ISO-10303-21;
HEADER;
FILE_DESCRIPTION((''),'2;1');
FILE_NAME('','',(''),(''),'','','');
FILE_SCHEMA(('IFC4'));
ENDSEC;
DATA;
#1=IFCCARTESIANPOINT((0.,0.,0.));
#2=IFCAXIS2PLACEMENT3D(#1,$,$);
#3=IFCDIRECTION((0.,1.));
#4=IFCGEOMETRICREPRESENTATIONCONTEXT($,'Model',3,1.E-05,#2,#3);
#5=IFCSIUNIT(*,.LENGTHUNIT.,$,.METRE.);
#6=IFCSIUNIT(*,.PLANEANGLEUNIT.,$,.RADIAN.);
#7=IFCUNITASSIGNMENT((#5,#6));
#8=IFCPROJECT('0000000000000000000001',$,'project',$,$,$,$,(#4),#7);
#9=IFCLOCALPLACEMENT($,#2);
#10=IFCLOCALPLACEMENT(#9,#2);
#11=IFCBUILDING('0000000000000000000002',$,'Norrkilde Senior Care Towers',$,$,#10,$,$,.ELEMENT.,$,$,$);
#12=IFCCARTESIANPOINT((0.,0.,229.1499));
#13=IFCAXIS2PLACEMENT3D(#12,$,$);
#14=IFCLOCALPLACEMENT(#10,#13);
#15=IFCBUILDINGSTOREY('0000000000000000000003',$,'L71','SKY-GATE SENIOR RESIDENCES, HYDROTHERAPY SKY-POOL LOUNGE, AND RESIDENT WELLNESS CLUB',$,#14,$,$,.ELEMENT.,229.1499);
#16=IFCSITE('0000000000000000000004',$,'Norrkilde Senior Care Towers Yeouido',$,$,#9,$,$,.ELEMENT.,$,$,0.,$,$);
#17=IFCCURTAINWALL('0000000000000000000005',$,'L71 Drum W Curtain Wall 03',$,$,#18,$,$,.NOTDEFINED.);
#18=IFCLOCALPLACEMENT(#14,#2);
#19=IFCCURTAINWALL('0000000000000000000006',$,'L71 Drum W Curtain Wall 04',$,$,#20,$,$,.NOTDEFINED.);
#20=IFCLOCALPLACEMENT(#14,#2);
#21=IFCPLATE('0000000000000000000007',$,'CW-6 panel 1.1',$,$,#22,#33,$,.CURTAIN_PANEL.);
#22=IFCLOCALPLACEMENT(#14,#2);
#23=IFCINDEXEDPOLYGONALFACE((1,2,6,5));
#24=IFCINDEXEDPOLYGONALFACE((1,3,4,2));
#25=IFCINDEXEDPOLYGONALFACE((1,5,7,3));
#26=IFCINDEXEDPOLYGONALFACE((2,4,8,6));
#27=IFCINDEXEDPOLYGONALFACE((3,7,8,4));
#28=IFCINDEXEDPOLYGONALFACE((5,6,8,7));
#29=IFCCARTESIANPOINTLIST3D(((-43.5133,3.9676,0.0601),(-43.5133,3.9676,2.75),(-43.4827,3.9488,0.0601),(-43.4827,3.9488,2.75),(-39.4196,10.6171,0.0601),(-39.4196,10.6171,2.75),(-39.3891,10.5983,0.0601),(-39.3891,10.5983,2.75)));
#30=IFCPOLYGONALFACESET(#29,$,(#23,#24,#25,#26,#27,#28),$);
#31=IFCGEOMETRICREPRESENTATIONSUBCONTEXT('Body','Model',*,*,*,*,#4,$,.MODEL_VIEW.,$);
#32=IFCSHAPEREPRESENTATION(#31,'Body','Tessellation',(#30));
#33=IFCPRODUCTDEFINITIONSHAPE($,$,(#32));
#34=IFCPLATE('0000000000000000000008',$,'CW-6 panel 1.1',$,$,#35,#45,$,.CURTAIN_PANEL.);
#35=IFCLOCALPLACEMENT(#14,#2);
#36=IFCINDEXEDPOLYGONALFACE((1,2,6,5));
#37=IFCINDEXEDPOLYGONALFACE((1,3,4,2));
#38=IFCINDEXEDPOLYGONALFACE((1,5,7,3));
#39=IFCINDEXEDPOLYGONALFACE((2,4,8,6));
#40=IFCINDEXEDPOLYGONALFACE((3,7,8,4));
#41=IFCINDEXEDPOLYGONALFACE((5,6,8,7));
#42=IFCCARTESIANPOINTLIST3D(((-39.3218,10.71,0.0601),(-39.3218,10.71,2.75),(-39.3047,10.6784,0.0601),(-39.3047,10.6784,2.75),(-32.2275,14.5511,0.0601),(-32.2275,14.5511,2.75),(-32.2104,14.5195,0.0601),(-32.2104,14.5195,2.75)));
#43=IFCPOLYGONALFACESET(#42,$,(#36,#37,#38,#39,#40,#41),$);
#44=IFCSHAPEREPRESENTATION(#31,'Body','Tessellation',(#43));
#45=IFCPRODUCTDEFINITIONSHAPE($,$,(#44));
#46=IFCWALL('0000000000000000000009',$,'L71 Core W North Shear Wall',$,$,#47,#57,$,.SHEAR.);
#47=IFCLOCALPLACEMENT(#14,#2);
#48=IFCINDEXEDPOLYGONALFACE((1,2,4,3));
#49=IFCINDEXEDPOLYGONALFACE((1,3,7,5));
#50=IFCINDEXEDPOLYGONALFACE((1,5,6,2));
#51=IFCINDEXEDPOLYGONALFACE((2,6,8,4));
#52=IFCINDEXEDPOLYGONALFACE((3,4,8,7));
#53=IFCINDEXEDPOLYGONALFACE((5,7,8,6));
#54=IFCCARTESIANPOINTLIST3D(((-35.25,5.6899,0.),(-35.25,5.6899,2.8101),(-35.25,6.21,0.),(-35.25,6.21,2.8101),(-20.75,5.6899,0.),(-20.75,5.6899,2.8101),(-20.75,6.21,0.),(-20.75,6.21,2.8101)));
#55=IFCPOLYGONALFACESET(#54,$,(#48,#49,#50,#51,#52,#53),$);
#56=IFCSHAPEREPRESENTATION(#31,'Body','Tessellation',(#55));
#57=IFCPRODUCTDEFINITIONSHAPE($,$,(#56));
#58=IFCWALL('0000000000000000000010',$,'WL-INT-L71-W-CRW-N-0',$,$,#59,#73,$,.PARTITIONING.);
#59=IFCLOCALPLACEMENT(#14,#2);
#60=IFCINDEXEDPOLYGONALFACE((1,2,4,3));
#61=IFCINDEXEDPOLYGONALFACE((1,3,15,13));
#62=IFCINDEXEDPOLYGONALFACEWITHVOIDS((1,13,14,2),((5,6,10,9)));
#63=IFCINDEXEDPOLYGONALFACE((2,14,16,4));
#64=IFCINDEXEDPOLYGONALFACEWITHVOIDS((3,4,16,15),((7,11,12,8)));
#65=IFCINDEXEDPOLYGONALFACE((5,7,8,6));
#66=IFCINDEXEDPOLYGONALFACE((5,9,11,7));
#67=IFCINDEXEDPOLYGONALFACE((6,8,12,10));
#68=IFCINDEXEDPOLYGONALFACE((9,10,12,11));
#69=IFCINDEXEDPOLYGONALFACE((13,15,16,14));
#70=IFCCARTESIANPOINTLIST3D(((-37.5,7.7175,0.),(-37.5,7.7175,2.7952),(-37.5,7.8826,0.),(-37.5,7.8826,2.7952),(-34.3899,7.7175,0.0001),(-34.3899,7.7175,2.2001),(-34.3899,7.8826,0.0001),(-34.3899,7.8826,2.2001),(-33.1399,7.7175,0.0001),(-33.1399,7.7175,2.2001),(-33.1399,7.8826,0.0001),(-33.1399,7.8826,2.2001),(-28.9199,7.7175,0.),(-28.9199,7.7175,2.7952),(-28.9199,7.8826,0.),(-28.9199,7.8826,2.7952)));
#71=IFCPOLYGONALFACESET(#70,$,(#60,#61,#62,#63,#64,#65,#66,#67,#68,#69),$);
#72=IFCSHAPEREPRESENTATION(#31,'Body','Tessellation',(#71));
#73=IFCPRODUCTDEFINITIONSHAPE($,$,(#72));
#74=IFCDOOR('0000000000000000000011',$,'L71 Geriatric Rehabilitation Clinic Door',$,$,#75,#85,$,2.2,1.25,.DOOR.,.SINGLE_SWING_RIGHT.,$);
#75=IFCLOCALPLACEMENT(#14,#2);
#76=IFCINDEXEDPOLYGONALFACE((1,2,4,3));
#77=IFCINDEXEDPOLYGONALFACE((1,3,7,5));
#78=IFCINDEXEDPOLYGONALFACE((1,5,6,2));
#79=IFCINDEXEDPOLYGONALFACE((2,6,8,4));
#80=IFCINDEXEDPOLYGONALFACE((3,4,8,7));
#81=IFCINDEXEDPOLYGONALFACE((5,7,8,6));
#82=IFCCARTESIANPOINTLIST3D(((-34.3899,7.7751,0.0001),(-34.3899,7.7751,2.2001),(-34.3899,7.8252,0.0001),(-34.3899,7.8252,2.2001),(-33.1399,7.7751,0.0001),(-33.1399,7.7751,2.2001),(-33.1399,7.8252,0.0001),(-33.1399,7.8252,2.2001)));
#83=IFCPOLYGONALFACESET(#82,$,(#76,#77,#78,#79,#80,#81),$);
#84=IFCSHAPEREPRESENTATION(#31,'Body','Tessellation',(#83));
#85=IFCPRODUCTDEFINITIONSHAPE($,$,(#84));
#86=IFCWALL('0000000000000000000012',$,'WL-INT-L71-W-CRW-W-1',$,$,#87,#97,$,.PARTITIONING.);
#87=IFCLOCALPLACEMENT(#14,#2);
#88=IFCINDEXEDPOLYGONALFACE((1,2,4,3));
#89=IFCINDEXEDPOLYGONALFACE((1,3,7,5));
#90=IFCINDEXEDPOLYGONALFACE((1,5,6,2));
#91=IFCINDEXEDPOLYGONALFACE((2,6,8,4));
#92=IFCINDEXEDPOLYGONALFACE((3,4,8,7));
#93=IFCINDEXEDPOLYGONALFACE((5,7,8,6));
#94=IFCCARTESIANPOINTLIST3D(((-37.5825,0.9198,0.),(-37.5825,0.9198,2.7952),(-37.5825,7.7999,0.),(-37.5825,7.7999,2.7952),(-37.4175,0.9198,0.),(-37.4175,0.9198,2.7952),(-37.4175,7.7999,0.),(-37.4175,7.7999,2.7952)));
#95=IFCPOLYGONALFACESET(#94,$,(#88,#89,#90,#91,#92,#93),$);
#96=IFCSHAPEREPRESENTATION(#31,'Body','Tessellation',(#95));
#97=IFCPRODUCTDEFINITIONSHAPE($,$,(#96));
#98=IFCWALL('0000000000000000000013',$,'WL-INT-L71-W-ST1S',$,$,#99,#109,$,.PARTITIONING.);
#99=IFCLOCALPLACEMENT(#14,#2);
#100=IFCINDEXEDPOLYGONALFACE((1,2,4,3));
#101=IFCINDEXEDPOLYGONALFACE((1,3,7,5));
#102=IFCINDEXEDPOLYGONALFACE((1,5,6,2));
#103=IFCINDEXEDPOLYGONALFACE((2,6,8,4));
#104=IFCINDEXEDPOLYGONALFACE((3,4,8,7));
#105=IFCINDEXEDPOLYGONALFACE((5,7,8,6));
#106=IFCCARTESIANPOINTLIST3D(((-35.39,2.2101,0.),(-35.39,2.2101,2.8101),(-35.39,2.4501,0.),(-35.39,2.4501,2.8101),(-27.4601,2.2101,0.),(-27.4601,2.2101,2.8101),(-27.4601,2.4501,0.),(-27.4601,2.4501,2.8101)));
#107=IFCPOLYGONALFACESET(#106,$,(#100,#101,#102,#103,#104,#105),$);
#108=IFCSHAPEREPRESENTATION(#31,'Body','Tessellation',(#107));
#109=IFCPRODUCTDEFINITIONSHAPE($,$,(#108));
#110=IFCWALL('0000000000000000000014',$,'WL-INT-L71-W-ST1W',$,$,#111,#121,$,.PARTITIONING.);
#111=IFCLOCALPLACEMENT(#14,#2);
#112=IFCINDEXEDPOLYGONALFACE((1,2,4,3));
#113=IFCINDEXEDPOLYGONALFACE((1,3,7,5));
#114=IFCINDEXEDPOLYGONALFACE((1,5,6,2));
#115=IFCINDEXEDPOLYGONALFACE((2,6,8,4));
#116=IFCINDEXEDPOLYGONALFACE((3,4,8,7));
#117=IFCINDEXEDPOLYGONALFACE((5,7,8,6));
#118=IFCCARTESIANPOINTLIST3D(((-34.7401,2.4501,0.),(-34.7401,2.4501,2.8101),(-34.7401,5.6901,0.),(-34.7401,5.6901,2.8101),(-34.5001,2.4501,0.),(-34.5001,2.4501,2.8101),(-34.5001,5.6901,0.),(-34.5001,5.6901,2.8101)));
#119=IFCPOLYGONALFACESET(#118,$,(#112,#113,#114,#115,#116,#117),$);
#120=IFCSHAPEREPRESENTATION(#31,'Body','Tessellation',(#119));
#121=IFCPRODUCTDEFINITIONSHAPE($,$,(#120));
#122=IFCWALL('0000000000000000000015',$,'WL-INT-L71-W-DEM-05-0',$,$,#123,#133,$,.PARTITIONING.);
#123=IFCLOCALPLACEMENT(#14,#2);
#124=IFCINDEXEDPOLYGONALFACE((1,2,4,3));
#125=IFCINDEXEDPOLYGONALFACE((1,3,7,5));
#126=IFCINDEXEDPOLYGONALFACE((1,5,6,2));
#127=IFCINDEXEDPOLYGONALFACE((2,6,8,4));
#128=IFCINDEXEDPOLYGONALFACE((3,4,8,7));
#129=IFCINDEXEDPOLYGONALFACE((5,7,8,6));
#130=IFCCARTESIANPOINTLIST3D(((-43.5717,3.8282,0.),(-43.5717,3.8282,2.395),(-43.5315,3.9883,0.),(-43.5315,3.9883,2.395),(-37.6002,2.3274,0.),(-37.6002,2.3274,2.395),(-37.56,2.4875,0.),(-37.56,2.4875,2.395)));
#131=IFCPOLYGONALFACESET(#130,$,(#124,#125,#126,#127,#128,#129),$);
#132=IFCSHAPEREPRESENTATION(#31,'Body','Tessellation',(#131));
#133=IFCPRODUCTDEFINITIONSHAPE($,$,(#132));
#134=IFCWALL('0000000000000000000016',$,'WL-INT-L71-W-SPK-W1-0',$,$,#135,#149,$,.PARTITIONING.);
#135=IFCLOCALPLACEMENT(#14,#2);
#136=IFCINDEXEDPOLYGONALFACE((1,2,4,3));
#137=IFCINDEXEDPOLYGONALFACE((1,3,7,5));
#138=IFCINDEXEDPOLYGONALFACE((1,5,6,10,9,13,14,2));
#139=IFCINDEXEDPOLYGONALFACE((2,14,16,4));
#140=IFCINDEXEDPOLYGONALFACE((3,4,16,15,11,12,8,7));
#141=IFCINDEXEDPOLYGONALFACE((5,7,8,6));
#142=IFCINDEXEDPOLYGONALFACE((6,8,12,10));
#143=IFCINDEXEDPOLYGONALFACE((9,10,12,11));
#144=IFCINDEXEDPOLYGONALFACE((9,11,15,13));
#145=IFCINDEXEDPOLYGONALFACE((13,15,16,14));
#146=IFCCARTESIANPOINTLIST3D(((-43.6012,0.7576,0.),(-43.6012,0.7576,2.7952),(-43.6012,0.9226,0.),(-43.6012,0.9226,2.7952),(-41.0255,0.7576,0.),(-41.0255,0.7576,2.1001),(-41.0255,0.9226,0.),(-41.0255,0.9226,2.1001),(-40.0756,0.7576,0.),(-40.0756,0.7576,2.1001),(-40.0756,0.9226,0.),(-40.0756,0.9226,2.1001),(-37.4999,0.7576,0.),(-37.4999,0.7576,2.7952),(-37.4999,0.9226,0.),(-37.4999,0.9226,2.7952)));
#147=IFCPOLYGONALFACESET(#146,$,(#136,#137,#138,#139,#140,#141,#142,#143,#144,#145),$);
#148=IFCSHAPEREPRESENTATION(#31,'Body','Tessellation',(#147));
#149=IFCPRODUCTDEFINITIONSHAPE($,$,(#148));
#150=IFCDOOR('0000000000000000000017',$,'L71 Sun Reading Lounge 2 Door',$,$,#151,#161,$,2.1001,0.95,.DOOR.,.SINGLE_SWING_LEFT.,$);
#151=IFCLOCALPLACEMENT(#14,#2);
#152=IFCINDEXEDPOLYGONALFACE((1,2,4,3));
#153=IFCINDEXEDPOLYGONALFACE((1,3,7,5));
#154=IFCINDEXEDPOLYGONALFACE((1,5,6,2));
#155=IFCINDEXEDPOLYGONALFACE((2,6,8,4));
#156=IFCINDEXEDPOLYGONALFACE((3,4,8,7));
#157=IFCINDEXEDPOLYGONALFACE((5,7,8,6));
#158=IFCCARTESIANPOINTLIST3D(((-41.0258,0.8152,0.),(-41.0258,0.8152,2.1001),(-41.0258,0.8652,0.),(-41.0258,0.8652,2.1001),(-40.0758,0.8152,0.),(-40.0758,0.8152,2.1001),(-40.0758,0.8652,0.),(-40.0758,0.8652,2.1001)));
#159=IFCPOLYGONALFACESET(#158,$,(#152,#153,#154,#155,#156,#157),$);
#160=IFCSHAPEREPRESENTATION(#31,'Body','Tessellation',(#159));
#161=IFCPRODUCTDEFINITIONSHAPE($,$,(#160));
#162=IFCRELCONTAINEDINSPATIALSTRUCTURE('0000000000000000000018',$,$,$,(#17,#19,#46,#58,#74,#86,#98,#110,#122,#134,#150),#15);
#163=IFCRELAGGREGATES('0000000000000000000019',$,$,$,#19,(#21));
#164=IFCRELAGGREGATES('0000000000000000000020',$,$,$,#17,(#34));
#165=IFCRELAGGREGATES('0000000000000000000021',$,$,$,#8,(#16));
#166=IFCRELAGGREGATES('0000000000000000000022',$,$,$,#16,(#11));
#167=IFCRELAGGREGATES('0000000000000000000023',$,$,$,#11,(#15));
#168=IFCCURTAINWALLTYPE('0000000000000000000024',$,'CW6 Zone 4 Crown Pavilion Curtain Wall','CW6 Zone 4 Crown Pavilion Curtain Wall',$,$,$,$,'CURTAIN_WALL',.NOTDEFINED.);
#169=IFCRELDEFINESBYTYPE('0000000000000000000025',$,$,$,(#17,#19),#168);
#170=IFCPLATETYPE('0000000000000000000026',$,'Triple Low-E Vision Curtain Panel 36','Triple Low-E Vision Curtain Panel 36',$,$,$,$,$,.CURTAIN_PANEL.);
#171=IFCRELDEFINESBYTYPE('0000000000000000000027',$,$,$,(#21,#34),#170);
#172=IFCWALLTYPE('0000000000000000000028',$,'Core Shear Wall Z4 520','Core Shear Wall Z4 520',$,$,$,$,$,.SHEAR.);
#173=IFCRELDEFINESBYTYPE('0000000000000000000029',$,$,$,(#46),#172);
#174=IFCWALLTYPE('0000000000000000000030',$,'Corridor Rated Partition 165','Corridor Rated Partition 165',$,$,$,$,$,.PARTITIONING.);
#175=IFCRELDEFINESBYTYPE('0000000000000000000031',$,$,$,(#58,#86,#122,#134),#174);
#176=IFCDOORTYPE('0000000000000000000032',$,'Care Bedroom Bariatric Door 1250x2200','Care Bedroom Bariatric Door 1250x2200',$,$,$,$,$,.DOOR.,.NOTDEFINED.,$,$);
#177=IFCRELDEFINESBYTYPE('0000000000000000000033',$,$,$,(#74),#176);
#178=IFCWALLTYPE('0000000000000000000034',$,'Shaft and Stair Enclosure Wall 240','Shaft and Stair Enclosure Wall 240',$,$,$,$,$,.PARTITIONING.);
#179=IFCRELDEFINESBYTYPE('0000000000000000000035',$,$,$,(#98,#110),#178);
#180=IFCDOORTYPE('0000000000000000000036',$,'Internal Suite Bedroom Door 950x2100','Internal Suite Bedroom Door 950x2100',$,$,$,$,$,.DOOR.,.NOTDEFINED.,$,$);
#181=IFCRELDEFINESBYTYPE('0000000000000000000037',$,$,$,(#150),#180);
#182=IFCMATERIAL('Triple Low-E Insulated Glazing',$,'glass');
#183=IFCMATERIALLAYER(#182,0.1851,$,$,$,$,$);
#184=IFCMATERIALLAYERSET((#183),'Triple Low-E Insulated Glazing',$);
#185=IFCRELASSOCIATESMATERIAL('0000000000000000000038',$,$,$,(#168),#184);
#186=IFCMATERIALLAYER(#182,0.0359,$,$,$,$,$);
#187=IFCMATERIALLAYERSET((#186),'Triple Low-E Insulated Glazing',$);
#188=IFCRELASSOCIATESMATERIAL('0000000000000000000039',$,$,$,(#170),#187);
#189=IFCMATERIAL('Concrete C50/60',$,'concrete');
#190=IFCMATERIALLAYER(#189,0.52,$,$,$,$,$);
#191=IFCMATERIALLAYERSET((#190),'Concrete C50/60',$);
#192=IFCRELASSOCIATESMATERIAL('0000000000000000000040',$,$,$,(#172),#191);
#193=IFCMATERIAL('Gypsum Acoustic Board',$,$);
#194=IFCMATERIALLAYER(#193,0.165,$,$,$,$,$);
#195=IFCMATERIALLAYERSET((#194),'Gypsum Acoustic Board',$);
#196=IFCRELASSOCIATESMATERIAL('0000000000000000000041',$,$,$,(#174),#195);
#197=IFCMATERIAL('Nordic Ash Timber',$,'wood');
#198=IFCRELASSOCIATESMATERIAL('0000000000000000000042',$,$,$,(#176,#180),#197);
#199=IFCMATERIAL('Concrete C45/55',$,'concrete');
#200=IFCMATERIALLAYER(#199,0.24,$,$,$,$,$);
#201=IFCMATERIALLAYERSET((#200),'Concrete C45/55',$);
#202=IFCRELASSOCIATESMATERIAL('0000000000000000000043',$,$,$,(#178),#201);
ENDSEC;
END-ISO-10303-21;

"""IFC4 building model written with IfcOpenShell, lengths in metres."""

from ifc_helpers import new_model, si_unit, direction, frame, frame_2d, origin, origin_2d, place, context, subcontext, project, spatial, rectangle, extrude, source, transform, mapped, material, layer, layer_set, type_object, type_shapes, element, fill, aggregate, save


model = new_model("IFC4")

# Units and contexts
model_context = context("Model", 3, precision=1e-05, world=origin(), true_north=direction((0.0, 1.0)))
body_context = subcontext(model_context, "Body", "Model", "MODEL_VIEW")
ifc_project = project(units=[si_unit("LENGTHUNIT", "METRE"), si_unit("PLANEANGLEUNIT", "RADIAN")], contexts=[model_context])

# Site, building, storey
site_placement = place(None, origin())
site = spatial("IfcSite", under=ifc_project, at=site_placement, Name="Norrkilde Senior Care Towers Yeouido", CompositionType="ELEMENT", RefElevation=0.0)
building_placement = place(site_placement, origin())
building = spatial("IfcBuilding", under=site, at=building_placement, Name="Norrkilde Senior Care Towers", CompositionType="ELEMENT")
storey_placement = place(building_placement, frame((0.0, 0.0, 229.1499)))
storey = spatial("IfcBuildingStorey", under=building, at=storey_placement, Name="L71", Description="SKY-GATE SENIOR RESIDENCES, HYDROTHERAPY SKY-POOL LOUNGE, AND RESIDENT WELLNESS CLUB", CompositionType="ELEMENT", Elevation=229.1499)

# Shared definitions
ifc_material_1 = material(Name="Concrete C50/60", Category="concrete")

# Curtain walls
ifc_material_2 = material(Name="Triple Low-E Insulated Glazing", Category="glass")
ifc_layer_1 = layer(ifc_material_2, 0.1851)
ifc_layer_set_1 = layer_set([ifc_layer_1], Name="Triple Low-E Insulated Glazing")
curtain_wall_type = type_object("IfcCurtainWallType", Name="CW6 Zone 4 Crown Pavilion Curtain Wall", Description="CW6 Zone 4 Crown Pavilion Curtain Wall", ElementType="CURTAIN_WALL", PredefinedType="NOTDEFINED", material=ifc_layer_set_1)
curtain_wall_1_placement = place(storey_placement, origin())
curtain_wall_1 = element("IfcCurtainWall", 1, at=curtain_wall_1_placement, inside=storey, type_object=curtain_wall_type, Name="L71 Drum W Curtain Wall 03", PredefinedType="NOTDEFINED")
curtain_wall_2_placement = place(storey_placement, origin())
curtain_wall_2 = element("IfcCurtainWall", 2, at=curtain_wall_2_placement, inside=storey, type_object=curtain_wall_type, Name="L71 Drum W Curtain Wall 04", PredefinedType="NOTDEFINED")

# Plates
ifc_layer_2 = layer(ifc_material_2, 0.0359)
ifc_layer_set_2 = layer_set([ifc_layer_2], Name="Triple Low-E Insulated Glazing")
plate_type = type_object("IfcPlateType", Name="Triple Low-E Vision Curtain Panel 36", Description="Triple Low-E Vision Curtain Panel 36", PredefinedType="CURTAIN_PANEL", material=ifc_layer_set_2)
shared_shape_1 = source(origin(), body_context, "Body", "SweptSolid", [
    extrude(rectangle(XDim=7.8086, YDim=0.0359, at=origin_2d()), origin(), (0.0, 0.0, 1.0), 2.6899),
])
plate_1_placement = place(storey_placement, frame((-41.4512, 7.283, 0.0601), z_axis=(0.0, 0.0, 1.0), x_axis=(0.524253, 0.851563, 0.0)))
plate_1 = element("IfcPlate", 3, at=plate_1_placement, type_object=plate_type, Name="CW-6 panel 1.1", PredefinedType="CURTAIN_PANEL", context=body_context, shape_type="MappedRepresentation", body=[
    mapped(shared_shape_1, transform((0.0, 0.0, 0.0), x_axis=(1.0, 0.0, 0.0), y_axis=(0.0, 1.0, 0.0), z_axis=(0.0, 0.0, 1.0), scale=1.0)),
])
aggregate(curtain_wall_2, [plate_1])
shared_shape_2 = source(origin(), body_context, "Body", "SweptSolid", [
    extrude(rectangle(XDim=8.0674, YDim=0.0359, at=origin_2d()), origin(), (0.0, 0.0, 1.0), 2.6899),
])
type_shapes(plate_type, [shared_shape_1, shared_shape_2])
plate_2_placement = place(storey_placement, frame((-35.7661, 12.6147, 0.0601), z_axis=(0.0, 0.0, 1.0), x_axis=(0.879373, 0.476133, 0.0)))
plate_2 = element("IfcPlate", 4, at=plate_2_placement, type_object=plate_type, Name="CW-6 panel 1.1", PredefinedType="CURTAIN_PANEL", context=body_context, shape_type="MappedRepresentation", body=[
    mapped(shared_shape_2, transform((0.0, 0.0, 0.0), x_axis=(1.0, 0.0, 0.0), y_axis=(0.0, 1.0, 0.0), z_axis=(0.0, 0.0, 1.0), scale=1.0)),
])
aggregate(curtain_wall_1, [plate_2])

# Wall
ifc_layer_3 = layer(ifc_material_1, 0.52)
ifc_layer_set_3 = layer_set([ifc_layer_3], Name="Concrete C50/60")
wall_type_1 = type_object("IfcWallType", Name="Core Shear Wall Z4 520", Description="Core Shear Wall Z4 520", PredefinedType="SHEAR", material=ifc_layer_set_3)
shared_shape_3 = source(origin(), body_context, "Body", "SweptSolid", [
    extrude(rectangle(XDim=14.5, YDim=0.52, at=frame_2d((7.25, 0.0))), origin(), (0.0, 0.0, 1.0), 2.8101),
])
type_shapes(wall_type_1, [shared_shape_3])
wall_1_placement = place(storey_placement, frame((-35.25, 5.95, 0.0), z_axis=(0.0, 0.0, 1.0), x_axis=(1.0, 0.0, 0.0)))
element("IfcWall", 5, at=wall_1_placement, inside=storey, type_object=wall_type_1, Name="L71 Core W North Shear Wall", PredefinedType="SHEAR", context=body_context, shape_type="MappedRepresentation", body=[
    mapped(shared_shape_3, transform((0.0, 0.0, 0.0), x_axis=(1.0, 0.0, 0.0), y_axis=(0.0, 1.0, 0.0), z_axis=(0.0, 0.0, 1.0), scale=1.0)),
])

# Wall, opening, door
ifc_material_3 = material(Name="Gypsum Acoustic Board")
ifc_layer_4 = layer(ifc_material_3, 0.165)
ifc_layer_set_4 = layer_set([ifc_layer_4], Name="Gypsum Acoustic Board")
wall_type_2 = type_object("IfcWallType", Name="Corridor Rated Partition 165", Description="Corridor Rated Partition 165", PredefinedType="PARTITIONING", material=ifc_layer_set_4)
shared_shape_4 = source(origin(), body_context, "Body", "SweptSolid", [
    extrude(rectangle(XDim=8.5801, YDim=0.165, at=frame_2d((4.29, 0.0))), origin(), (0.0, 0.0, 1.0), 2.7952),
])
wall_2_placement = place(storey_placement, frame((-37.5, 7.8, 0.0), z_axis=(0.0, 0.0, 1.0), x_axis=(1.0, 0.0, 0.0)))
wall_2 = element("IfcWall", 6, at=wall_2_placement, inside=storey, type_object=wall_type_2, Name="WL-INT-L71-W-CRW-N-0", PredefinedType="PARTITIONING", context=body_context, shape_type="MappedRepresentation", body=[
    mapped(shared_shape_4, transform((0.0, 0.0, 0.0), x_axis=(1.0, 0.0, 0.0), y_axis=(0.0, 1.0, 0.0), z_axis=(0.0, 0.0, 1.0), scale=1.0)),
])
opening_1_placement = place(wall_2_placement, frame((3.1101, 0.0, 0.0)))
opening_1 = element("IfcOpeningElement", 7, at=opening_1_placement, cuts=wall_2, PredefinedType="OPENING", context=body_context, shape_type="SweptSolid", body=[
    extrude(rectangle(XDim=1.25, YDim=2.2, at=frame_2d((0.625, 1.1001))), frame((0.0, 0.0925, 0.0), z_axis=(0.0, -1.0, 0.0), x_axis=(1.0, 0.0, 0.0)), (0.0, 0.0, 1.0), 0.1851),
])
ifc_material_4 = material(Name="Nordic Ash Timber", Category="wood")
door_type_1 = type_object("IfcDoorType", Name="Care Bedroom Bariatric Door 1250x2200", Description="Care Bedroom Bariatric Door 1250x2200", OperationType="NOTDEFINED", PredefinedType="DOOR", material=ifc_material_4)
shared_shape_5 = source(origin(), body_context, "Body", "SweptSolid", [
    extrude(rectangle(XDim=1.25, YDim=2.2, at=frame_2d((0.625, 1.1001))), frame((0.0, 0.0249, 0.0), z_axis=(0.0, -1.0, 0.0), x_axis=(1.0, 0.0, 0.0)), (0.0, 0.0, 1.0), 0.05),
])
type_shapes(door_type_1, [shared_shape_5])
door_1_placement = place(opening_1_placement, frame((1.25, 0.0, 0.0), z_axis=(0.0, 0.0, 1.0), x_axis=(-1.0, 0.0, 0.0)))
door_1 = element("IfcDoor", 8, at=door_1_placement, inside=storey, type_object=door_type_1, Name="L71 Geriatric Rehabilitation Clinic Door", OperationType="SINGLE_SWING_RIGHT", OverallHeight=2.2, OverallWidth=1.25, PredefinedType="DOOR", context=body_context, shape_type="MappedRepresentation", body=[
    mapped(shared_shape_5, transform((0.0, 0.0, 0.0), x_axis=(1.0, 0.0, 0.0), y_axis=(0.0, 1.0, 0.0), z_axis=(0.0, 0.0, 1.0), scale=1.0)),
])
fill(opening_1, door_1)

# Walls
shared_shape_6 = source(origin(), body_context, "Body", "SweptSolid", [
    extrude(rectangle(XDim=6.8801, YDim=0.165, at=frame_2d((3.4399, 0.0))), origin(), (0.0, 0.0, 1.0), 2.7952),
])
wall_3_placement = place(storey_placement, frame((-37.5, 0.9199, 0.0), z_axis=(0.0, 0.0, 1.0), x_axis=(0.0, 1.0, 0.0)))
element("IfcWall", 9, at=wall_3_placement, inside=storey, type_object=wall_type_2, Name="WL-INT-L71-W-CRW-W-1", PredefinedType="PARTITIONING", context=body_context, shape_type="MappedRepresentation", body=[
    mapped(shared_shape_6, transform((0.0, 0.0, 0.0), x_axis=(1.0, 0.0, 0.0), y_axis=(0.0, 1.0, 0.0), z_axis=(0.0, 0.0, 1.0), scale=1.0)),
])
ifc_material_5 = material(Name="Concrete C45/55", Category="concrete")
ifc_layer_5 = layer(ifc_material_5, 0.24)
ifc_layer_set_5 = layer_set([ifc_layer_5], Name="Concrete C45/55")
wall_type_3 = type_object("IfcWallType", Name="Shaft and Stair Enclosure Wall 240", Description="Shaft and Stair Enclosure Wall 240", PredefinedType="PARTITIONING", material=ifc_layer_set_5)
shared_shape_7 = source(origin(), body_context, "Body", "SweptSolid", [
    extrude(rectangle(XDim=7.9299, YDim=0.24, at=frame_2d((3.9648, 0.0))), origin(), (0.0, 0.0, 1.0), 2.8101),
])
wall_4_placement = place(storey_placement, frame((-35.3899, 2.3301, 0.0), z_axis=(0.0, 0.0, 1.0), x_axis=(1.0, 0.0, 0.0)))
element("IfcWall", 10, at=wall_4_placement, inside=storey, type_object=wall_type_3, Name="WL-INT-L71-W-ST1S", PredefinedType="PARTITIONING", context=body_context, shape_type="MappedRepresentation", body=[
    mapped(shared_shape_7, transform((0.0, 0.0, 0.0), x_axis=(1.0, 0.0, 0.0), y_axis=(0.0, 1.0, 0.0), z_axis=(0.0, 0.0, 1.0), scale=1.0)),
])
shared_shape_8 = source(origin(), body_context, "Body", "SweptSolid", [
    extrude(rectangle(XDim=3.24, YDim=0.24, at=frame_2d((1.6201, 0.0))), origin(), (0.0, 0.0, 1.0), 2.8101),
])
type_shapes(wall_type_3, [shared_shape_7, shared_shape_8])
wall_5_placement = place(storey_placement, frame((-34.6201, 2.45, 0.0), z_axis=(0.0, 0.0, 1.0), x_axis=(0.0, 1.0, 0.0)))
element("IfcWall", 11, at=wall_5_placement, inside=storey, type_object=wall_type_3, Name="WL-INT-L71-W-ST1W", PredefinedType="PARTITIONING", context=body_context, shape_type="MappedRepresentation", body=[
    mapped(shared_shape_8, transform((0.0, 0.0, 0.0), x_axis=(1.0, 0.0, 0.0), y_axis=(0.0, 1.0, 0.0), z_axis=(0.0, 0.0, 1.0), scale=1.0)),
])
shared_shape_9 = source(origin(), body_context, "Body", "SweptSolid", [
    extrude(rectangle(XDim=6.1572, YDim=0.165, at=frame_2d((3.0786, 0.0))), origin(), (0.0, 0.0, 1.0), 2.395),
])
wall_6_placement = place(storey_placement, frame((-37.5801, 2.4075, 0.0), z_axis=(0.0, 0.0, 1.0), x_axis=(-0.969841, 0.243739, 0.0)))
element("IfcWall", 12, at=wall_6_placement, inside=storey, type_object=wall_type_2, Name="WL-INT-L71-W-DEM-05-0", PredefinedType="PARTITIONING", context=body_context, shape_type="MappedRepresentation", body=[
    mapped(shared_shape_9, transform((0.0, 0.0, 0.0), x_axis=(1.0, 0.0, 0.0), y_axis=(0.0, 1.0, 0.0), z_axis=(0.0, 0.0, 1.0), scale=1.0)),
])

# Wall, opening, door
shared_shape_10 = source(origin(), body_context, "Body", "SweptSolid", [
    extrude(rectangle(XDim=6.1013, YDim=0.165, at=frame_2d((3.0508, 0.0))), origin(), (0.0, 0.0, 1.0), 2.7952),
])
type_shapes(wall_type_2, [shared_shape_4, shared_shape_6, shared_shape_9, shared_shape_10])
wall_7_placement = place(storey_placement, frame((-43.6013, 0.8401, 0.0), z_axis=(0.0, 0.0, 1.0), x_axis=(1.0, 0.0, 0.0)))
wall_7 = element("IfcWall", 13, at=wall_7_placement, inside=storey, type_object=wall_type_2, Name="WL-INT-L71-W-SPK-W1-0", PredefinedType="PARTITIONING", context=body_context, shape_type="MappedRepresentation", body=[
    mapped(shared_shape_10, transform((0.0, 0.0, 0.0), x_axis=(1.0, 0.0, 0.0), y_axis=(0.0, 1.0, 0.0), z_axis=(0.0, 0.0, 1.0), scale=1.0)),
])
opening_2_placement = place(wall_7_placement, frame((2.5757, 0.0, 0.0)))
opening_2 = element("IfcOpeningElement", 14, at=opening_2_placement, cuts=wall_7, PredefinedType="OPENING", context=body_context, shape_type="SweptSolid", body=[
    extrude(rectangle(XDim=0.95, YDim=2.1001, at=frame_2d((0.4751, 1.05))), frame((0.0, 0.0925, 0.0), z_axis=(0.0, -1.0, 0.0), x_axis=(1.0, 0.0, 0.0)), (0.0, 0.0, 1.0), 0.1851),
])
door_type_2 = type_object("IfcDoorType", Name="Internal Suite Bedroom Door 950x2100", Description="Internal Suite Bedroom Door 950x2100", OperationType="NOTDEFINED", PredefinedType="DOOR", material=ifc_material_4)
shared_shape_11 = source(origin(), body_context, "Body", "SweptSolid", [
    extrude(rectangle(XDim=0.95, YDim=2.1001, at=frame_2d((0.4751, 1.05))), frame((0.0, 0.0249, 0.0), z_axis=(0.0, -1.0, 0.0), x_axis=(1.0, 0.0, 0.0)), (0.0, 0.0, 1.0), 0.05),
])
type_shapes(door_type_2, [shared_shape_11])
door_2_placement = place(opening_2_placement, frame((0.95, 0.0, 0.0), z_axis=(0.0, 0.0, 1.0), x_axis=(-1.0, 0.0, 0.0)))
door_2 = element("IfcDoor", 15, at=door_2_placement, inside=storey, type_object=door_type_2, Name="L71 Sun Reading Lounge 2 Door", OperationType="SINGLE_SWING_LEFT", OverallHeight=2.1001, OverallWidth=0.95, PredefinedType="DOOR", context=body_context, shape_type="MappedRepresentation", body=[
    mapped(shared_shape_11, transform((0.0, 0.0, 0.0), x_axis=(1.0, 0.0, 0.0), y_axis=(0.0, 1.0, 0.0), z_axis=(0.0, 0.0, 1.0), scale=1.0)),
])
fill(opening_2, door_2)

save(model, "model.ifc")
